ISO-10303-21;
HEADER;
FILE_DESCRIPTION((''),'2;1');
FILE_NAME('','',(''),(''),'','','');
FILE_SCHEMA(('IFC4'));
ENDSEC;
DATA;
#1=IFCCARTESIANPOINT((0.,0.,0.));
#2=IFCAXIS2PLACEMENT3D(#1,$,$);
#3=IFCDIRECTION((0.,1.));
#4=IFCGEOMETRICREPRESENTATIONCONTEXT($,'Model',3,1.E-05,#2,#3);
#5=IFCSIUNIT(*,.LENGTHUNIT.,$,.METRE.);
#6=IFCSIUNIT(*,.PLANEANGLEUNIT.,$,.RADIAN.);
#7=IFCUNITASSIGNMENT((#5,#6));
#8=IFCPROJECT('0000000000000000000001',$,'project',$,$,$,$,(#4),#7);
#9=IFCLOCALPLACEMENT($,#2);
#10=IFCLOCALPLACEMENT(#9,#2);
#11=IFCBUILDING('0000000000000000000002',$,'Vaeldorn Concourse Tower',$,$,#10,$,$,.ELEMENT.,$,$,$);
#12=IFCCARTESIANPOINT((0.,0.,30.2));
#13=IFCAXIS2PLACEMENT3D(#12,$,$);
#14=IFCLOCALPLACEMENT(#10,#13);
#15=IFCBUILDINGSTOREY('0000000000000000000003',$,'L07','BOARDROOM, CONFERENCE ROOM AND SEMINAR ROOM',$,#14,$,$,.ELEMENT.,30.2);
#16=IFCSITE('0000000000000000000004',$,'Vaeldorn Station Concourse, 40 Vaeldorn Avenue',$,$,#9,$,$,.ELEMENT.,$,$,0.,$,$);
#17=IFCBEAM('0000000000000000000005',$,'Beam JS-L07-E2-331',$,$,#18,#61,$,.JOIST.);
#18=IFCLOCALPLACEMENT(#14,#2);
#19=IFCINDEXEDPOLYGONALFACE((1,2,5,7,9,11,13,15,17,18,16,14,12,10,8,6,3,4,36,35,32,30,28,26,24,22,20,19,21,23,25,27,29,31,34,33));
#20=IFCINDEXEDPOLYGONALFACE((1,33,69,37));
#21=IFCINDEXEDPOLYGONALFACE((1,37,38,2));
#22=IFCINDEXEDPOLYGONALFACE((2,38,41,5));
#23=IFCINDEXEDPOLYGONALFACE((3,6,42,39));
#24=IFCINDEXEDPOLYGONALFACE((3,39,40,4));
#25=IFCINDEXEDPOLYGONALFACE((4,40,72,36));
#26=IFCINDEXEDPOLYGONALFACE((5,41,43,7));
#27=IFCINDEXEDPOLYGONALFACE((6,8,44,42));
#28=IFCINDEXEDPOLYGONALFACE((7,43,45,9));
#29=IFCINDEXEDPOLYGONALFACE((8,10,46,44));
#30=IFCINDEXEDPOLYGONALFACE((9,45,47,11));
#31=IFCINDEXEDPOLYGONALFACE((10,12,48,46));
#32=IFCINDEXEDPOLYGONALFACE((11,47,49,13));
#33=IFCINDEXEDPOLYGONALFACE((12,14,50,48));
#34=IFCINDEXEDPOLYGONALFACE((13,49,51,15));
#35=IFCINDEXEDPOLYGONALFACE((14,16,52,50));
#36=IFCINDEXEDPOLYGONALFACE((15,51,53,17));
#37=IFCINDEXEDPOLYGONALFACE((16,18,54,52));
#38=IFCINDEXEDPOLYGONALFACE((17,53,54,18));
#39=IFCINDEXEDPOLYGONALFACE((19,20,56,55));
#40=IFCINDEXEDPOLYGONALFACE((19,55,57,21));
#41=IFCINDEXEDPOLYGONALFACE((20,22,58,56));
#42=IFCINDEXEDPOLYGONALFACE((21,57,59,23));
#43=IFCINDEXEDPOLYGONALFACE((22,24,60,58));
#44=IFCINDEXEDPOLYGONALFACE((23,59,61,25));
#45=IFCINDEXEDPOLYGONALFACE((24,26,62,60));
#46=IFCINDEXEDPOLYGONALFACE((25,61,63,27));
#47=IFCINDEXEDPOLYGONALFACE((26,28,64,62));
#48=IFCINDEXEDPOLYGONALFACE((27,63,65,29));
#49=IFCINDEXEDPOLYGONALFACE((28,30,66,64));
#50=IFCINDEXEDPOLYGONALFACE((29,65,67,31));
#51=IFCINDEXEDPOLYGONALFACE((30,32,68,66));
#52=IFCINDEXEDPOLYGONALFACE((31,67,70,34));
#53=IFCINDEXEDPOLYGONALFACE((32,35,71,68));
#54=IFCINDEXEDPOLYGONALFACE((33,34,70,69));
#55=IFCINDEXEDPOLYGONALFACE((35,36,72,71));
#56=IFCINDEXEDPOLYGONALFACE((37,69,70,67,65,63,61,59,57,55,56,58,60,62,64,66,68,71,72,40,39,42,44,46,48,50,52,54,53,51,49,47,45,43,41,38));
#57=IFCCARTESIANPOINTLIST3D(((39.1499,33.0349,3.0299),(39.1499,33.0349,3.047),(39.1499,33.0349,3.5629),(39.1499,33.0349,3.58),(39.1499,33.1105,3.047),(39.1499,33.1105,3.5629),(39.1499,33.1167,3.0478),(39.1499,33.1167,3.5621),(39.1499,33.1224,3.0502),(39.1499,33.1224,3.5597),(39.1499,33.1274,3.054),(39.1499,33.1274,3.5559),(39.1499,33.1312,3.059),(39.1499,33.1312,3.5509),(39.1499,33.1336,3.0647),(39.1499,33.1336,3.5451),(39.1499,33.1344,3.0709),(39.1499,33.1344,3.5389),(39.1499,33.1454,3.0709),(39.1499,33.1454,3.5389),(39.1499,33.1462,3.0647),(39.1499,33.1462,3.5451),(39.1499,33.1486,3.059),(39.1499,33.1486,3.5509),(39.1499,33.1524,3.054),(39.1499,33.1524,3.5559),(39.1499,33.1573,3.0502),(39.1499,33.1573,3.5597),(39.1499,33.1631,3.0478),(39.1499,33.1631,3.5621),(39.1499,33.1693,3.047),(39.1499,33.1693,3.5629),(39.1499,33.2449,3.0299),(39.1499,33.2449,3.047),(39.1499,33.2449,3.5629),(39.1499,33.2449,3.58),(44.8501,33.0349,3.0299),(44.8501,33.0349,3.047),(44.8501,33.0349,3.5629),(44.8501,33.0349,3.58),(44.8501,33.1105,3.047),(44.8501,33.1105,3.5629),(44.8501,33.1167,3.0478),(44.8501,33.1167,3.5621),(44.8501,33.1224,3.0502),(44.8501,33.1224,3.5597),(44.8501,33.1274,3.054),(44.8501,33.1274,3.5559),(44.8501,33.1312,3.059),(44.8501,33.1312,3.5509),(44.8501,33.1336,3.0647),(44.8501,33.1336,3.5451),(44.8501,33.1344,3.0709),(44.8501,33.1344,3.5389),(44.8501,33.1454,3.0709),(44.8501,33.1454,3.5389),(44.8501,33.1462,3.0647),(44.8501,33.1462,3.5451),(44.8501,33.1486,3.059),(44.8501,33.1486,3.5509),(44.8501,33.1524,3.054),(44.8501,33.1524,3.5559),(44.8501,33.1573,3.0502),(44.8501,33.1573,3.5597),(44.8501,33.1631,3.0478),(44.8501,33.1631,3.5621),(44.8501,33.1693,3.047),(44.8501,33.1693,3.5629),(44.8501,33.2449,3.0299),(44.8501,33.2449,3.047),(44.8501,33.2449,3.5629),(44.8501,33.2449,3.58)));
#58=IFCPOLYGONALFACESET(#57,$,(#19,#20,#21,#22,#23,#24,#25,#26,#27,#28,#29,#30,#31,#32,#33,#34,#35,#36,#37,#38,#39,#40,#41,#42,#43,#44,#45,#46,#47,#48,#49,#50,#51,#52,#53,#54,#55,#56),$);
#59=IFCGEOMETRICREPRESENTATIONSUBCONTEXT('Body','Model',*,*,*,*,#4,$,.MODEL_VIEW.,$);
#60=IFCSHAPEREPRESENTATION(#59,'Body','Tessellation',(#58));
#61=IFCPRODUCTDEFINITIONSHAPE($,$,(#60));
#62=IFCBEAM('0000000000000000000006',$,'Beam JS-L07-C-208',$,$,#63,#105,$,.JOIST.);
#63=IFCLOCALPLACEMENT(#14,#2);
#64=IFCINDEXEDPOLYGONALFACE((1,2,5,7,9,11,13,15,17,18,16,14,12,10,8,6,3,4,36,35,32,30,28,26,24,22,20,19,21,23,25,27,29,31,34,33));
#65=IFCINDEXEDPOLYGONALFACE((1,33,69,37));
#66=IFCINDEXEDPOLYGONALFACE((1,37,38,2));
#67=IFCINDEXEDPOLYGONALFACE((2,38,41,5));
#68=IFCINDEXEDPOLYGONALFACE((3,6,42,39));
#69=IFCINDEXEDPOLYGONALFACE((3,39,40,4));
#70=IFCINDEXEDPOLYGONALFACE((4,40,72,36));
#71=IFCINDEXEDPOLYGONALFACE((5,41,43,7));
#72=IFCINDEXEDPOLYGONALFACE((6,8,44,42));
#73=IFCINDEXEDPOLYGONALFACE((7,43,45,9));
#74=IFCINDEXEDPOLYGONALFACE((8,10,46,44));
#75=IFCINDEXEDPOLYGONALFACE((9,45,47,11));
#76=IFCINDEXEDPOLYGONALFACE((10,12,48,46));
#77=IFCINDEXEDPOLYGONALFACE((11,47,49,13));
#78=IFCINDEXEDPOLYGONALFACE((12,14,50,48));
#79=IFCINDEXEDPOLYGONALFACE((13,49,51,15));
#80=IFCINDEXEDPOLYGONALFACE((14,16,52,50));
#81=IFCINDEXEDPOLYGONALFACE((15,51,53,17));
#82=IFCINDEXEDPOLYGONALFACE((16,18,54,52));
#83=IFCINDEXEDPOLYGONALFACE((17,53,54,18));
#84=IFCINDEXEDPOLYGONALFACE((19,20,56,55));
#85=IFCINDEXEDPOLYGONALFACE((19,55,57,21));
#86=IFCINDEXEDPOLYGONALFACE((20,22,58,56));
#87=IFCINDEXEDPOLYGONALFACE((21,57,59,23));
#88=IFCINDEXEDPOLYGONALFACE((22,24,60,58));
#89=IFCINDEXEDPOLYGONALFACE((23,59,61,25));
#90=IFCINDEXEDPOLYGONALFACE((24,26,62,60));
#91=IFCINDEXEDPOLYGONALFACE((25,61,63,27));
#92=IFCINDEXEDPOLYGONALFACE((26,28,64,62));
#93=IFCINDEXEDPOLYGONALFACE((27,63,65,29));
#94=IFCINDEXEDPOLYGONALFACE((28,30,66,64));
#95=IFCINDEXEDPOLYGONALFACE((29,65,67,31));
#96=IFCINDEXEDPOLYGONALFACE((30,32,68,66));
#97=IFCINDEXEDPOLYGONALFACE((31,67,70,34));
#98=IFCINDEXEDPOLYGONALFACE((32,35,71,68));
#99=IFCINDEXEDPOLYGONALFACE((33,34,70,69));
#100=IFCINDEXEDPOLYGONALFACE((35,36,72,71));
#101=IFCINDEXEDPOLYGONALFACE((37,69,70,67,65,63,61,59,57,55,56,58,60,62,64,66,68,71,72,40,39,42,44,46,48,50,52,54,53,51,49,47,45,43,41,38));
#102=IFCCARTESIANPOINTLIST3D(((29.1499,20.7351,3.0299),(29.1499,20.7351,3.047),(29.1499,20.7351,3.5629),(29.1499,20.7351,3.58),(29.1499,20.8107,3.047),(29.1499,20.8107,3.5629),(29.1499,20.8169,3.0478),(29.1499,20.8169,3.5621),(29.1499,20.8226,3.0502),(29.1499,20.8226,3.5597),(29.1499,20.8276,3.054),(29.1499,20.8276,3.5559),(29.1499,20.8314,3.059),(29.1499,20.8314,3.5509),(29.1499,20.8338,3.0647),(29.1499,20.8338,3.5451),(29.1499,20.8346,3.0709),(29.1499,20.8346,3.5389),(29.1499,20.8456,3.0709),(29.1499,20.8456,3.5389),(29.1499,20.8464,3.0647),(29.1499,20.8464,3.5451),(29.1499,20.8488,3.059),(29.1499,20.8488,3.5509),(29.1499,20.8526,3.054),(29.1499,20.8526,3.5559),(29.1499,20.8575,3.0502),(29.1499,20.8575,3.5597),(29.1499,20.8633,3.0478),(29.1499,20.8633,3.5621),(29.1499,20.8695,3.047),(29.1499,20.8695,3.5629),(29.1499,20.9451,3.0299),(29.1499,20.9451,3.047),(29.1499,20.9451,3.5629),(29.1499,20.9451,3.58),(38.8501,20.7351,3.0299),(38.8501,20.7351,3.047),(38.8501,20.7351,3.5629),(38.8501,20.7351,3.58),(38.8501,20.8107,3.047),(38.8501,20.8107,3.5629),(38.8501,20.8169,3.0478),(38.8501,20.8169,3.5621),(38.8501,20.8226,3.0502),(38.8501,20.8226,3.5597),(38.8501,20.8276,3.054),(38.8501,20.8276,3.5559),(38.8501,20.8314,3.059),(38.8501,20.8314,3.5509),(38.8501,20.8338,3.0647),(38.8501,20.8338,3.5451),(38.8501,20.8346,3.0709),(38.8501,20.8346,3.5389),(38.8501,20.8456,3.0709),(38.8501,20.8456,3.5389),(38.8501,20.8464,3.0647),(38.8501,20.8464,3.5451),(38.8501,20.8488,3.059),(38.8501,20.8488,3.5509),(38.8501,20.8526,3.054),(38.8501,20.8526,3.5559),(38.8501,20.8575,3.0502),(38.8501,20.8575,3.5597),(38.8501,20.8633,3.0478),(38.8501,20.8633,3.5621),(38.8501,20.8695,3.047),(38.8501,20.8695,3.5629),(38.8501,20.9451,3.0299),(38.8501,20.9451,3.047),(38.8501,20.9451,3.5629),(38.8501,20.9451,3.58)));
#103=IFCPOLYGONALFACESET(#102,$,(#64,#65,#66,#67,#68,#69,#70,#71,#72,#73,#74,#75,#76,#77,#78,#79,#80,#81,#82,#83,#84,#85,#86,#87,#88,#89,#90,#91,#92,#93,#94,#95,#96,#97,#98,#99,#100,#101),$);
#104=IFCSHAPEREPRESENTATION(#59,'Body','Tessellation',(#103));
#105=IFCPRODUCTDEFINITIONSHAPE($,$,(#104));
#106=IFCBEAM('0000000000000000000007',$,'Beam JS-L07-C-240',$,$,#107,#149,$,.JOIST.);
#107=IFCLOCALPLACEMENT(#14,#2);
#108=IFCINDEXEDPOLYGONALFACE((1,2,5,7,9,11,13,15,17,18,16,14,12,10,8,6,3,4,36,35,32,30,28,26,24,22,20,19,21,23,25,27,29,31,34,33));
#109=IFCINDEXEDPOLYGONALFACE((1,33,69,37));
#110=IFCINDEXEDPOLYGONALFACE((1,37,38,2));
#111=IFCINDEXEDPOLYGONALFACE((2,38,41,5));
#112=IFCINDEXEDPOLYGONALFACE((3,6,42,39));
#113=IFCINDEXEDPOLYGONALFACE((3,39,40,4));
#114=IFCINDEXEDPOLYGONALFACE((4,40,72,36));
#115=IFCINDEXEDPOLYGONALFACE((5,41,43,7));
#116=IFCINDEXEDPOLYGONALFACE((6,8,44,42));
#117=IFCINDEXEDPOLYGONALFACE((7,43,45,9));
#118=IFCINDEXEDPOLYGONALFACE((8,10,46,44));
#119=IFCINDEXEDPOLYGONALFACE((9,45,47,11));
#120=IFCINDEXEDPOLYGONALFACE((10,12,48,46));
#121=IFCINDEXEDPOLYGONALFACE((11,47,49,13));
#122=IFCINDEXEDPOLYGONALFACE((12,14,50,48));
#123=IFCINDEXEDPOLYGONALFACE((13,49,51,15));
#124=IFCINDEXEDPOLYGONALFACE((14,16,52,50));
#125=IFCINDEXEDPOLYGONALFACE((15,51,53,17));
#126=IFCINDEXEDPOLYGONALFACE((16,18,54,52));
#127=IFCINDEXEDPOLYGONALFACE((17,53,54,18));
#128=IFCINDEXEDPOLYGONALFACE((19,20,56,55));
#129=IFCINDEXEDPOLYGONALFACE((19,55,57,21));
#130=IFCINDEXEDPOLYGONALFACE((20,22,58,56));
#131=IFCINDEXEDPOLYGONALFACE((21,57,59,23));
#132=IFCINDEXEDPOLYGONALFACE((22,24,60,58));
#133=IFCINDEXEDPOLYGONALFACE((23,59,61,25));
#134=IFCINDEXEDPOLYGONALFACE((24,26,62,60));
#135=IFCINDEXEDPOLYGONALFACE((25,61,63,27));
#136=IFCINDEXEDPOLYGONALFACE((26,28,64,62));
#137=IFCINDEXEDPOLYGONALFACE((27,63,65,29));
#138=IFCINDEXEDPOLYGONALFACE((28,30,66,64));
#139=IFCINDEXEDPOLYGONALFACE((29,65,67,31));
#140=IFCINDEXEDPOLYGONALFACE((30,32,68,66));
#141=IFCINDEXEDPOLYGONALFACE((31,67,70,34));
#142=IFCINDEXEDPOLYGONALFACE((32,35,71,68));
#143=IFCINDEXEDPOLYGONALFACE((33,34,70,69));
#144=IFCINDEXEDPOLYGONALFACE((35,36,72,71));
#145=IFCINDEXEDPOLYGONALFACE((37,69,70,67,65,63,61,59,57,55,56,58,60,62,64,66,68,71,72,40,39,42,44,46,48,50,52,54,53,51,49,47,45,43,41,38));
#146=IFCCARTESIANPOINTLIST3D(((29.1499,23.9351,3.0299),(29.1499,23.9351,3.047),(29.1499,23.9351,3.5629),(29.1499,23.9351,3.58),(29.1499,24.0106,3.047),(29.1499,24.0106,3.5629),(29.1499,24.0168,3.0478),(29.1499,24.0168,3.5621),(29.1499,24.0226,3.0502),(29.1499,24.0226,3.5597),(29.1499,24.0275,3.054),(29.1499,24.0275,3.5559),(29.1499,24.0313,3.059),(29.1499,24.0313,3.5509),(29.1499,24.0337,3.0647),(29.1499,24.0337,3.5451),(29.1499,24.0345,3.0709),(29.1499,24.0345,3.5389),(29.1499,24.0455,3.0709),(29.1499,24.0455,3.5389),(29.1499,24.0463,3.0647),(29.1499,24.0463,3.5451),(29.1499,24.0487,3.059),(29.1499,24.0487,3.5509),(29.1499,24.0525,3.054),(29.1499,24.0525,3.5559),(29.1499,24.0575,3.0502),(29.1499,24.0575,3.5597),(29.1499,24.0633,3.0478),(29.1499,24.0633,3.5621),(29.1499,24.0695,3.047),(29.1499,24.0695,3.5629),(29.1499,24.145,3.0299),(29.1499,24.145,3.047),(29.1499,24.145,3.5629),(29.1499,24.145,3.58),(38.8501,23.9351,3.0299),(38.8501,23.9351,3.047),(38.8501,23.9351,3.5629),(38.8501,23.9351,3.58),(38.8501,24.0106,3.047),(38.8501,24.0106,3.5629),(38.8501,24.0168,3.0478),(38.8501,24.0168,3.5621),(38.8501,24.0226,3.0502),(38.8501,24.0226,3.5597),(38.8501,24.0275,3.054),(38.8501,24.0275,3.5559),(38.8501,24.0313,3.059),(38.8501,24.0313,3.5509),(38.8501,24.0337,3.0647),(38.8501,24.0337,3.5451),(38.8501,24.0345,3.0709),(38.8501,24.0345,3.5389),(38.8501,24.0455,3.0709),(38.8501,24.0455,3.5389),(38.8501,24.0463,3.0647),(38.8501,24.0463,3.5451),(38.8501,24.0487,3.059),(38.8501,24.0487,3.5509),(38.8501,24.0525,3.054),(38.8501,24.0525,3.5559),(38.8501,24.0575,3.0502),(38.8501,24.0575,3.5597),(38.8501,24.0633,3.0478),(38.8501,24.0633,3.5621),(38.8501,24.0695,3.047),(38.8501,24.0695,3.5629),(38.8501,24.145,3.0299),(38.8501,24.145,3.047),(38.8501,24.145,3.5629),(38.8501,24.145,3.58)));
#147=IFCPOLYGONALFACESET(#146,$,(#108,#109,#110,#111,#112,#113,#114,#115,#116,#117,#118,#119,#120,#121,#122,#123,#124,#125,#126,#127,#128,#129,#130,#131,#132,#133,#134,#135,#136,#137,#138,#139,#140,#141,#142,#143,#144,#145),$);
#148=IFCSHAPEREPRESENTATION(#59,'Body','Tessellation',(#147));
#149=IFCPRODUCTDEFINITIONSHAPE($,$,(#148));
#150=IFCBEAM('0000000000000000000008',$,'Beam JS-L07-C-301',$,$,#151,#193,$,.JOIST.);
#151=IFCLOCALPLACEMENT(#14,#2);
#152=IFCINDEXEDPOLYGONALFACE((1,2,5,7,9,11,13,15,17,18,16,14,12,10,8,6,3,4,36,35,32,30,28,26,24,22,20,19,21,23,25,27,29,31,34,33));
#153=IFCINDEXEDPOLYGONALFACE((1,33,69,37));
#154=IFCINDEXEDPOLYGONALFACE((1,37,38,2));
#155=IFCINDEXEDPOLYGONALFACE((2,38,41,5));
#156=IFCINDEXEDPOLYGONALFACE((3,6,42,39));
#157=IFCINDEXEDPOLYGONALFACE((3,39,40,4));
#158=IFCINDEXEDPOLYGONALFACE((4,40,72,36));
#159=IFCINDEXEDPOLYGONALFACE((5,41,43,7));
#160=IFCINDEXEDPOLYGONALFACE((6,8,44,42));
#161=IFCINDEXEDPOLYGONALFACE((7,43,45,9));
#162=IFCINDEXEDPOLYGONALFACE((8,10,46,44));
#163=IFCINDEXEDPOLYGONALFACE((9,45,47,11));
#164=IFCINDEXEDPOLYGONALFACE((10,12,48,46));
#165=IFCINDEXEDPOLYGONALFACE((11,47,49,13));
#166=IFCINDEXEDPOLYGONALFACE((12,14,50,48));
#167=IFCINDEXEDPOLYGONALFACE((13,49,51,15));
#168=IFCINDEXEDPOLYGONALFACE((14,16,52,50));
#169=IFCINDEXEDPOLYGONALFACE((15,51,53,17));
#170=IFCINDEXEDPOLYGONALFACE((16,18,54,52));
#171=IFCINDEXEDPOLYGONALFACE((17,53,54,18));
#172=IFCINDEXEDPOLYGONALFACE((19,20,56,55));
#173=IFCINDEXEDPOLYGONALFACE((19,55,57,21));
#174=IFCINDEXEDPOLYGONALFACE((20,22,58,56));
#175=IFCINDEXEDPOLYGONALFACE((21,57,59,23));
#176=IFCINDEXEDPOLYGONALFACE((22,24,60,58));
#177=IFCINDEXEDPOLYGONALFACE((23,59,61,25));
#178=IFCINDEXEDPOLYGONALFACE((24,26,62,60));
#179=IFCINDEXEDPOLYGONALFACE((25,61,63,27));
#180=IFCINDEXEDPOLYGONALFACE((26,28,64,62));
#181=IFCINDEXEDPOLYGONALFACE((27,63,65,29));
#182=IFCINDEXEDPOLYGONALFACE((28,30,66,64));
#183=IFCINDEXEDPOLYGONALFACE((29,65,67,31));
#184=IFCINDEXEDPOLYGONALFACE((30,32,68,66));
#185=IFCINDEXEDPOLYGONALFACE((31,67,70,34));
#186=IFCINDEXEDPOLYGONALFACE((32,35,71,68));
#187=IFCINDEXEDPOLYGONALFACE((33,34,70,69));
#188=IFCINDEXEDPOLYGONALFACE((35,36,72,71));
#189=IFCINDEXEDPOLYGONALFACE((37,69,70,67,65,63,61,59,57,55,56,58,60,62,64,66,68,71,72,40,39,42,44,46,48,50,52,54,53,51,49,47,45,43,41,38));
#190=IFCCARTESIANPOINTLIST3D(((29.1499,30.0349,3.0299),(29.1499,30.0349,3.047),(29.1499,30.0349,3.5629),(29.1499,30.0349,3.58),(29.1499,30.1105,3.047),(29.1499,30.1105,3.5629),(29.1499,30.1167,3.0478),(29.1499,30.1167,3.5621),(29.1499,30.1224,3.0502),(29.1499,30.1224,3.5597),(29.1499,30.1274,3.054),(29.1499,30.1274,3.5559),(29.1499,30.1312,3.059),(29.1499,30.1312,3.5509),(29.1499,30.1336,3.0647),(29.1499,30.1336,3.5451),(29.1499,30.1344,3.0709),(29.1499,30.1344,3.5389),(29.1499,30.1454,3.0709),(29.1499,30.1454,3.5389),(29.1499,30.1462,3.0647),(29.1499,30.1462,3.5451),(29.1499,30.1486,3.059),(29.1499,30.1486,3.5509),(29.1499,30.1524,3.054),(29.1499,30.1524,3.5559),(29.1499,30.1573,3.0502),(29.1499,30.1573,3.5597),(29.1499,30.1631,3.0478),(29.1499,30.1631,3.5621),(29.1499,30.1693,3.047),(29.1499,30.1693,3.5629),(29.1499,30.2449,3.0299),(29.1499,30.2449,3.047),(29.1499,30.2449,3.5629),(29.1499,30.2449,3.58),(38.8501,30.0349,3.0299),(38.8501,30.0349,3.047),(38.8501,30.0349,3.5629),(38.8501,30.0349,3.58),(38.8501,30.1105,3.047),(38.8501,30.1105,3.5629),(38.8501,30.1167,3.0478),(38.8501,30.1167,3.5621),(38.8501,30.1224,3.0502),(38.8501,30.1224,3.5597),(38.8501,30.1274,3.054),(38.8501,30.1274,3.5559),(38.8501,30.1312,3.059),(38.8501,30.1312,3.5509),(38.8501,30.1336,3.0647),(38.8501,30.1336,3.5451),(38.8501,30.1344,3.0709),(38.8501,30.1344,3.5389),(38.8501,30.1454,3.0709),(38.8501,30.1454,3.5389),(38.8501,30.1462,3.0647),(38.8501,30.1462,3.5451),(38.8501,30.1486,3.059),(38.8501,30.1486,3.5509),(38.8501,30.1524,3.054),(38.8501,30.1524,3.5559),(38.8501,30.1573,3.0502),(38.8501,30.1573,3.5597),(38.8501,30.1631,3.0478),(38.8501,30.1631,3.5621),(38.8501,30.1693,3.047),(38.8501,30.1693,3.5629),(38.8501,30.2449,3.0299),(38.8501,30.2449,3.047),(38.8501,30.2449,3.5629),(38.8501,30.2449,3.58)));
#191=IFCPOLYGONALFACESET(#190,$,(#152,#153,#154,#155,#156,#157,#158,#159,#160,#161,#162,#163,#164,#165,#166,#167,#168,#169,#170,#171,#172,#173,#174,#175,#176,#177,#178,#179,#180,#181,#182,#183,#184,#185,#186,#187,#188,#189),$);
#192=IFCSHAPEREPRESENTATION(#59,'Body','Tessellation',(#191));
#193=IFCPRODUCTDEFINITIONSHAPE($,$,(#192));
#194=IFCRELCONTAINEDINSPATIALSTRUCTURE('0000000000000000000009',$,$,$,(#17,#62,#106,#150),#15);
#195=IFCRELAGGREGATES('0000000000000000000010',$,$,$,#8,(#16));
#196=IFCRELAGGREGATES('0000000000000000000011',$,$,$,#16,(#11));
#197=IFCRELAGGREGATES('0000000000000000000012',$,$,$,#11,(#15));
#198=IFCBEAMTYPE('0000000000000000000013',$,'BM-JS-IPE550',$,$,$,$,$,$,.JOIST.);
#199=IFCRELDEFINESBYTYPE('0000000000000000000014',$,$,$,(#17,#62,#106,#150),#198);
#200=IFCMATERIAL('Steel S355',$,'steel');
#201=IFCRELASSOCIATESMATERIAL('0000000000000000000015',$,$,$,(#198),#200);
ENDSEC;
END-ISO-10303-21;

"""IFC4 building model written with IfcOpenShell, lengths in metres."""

from ifc_helpers import new_model, si_unit, direction, frame, origin, origin_2d, place, context, subcontext, project, spatial, i_section, extrude, source, transform, mapped, material, material_profile, profile_set, type_object, element, save


model = new_model("IFC4")

# Units and contexts
model_context = context("Model", 3, precision=1e-05, world=origin(), true_north=direction((0.0, 1.0)))
body_context = subcontext(model_context, "Body", "Model", "MODEL_VIEW")
ifc_project = project(units=[si_unit("LENGTHUNIT", "METRE"), si_unit("PLANEANGLEUNIT", "RADIAN")], contexts=[model_context])

# Site, building, storey
site_placement = place(None, origin())
site = spatial("IfcSite", under=ifc_project, at=site_placement, Name="Vaeldorn Station Concourse, 40 Vaeldorn Avenue", CompositionType="ELEMENT", RefElevation=0.0)
building_placement = place(site_placement, origin())
building = spatial("IfcBuilding", under=site, at=building_placement, Name="Vaeldorn Concourse Tower", CompositionType="ELEMENT")
storey_placement = place(building_placement, frame((0.0, 0.0, 30.2)))
storey = spatial("IfcBuildingStorey", under=building, at=storey_placement, Name="L07", Description="BOARDROOM, CONFERENCE ROOM AND SEMINAR ROOM", CompositionType="ELEMENT", Elevation=30.2)

# Beams
ifc_material_1 = material(Name="Steel S355", Category="steel")
ifc_material_profile_1 = material_profile(ifc_material_1, i_section(OverallWidth=0.21, OverallDepth=0.55, WebThickness=0.011, FlangeThickness=0.0171, FilletRadius=0.0239, at=origin_2d()), Name="IPE 550")
ifc_profile_set_1 = profile_set([ifc_material_profile_1], Name="Steel S355")
beam_type_1 = type_object("IfcBeamType", Name="BM-JS-IPE550", PredefinedType="JOIST", material=ifc_profile_set_1)
shared_shape_1 = source(origin(), body_context, "Body", "SweptSolid", [
    extrude(i_section(OverallWidth=0.21, OverallDepth=0.55, WebThickness=0.011, FlangeThickness=0.0171, FilletRadius=0.0239, at=origin_2d()), origin(), (0.0, 0.0, 1.0), 5.7002),
])
for number, where, z_axis, x_axis, name in (
    (1, (39.1499, 33.1399, 3.3049), (1.0, 0.0, 0.0), (0.0, 1.0, 0.0), "Beam JS-L07-E2-331"),
):
    element("IfcBeam", number, at=place(storey_placement, frame(where, z_axis=z_axis, x_axis=x_axis)), inside=storey, type_object=beam_type_1, Name=name, PredefinedType="JOIST", context=body_context, shape_type="MappedRepresentation", body=[
        mapped(shared_shape_1, transform((0.0, 0.0, 0.0), scale=1.0)),
    ])
shared_shape_2 = source(origin(), body_context, "Body", "SweptSolid", [
    extrude(i_section(OverallWidth=0.21, OverallDepth=0.55, WebThickness=0.011, FlangeThickness=0.0171, FilletRadius=0.0239, at=origin_2d()), origin(), (0.0, 0.0, 1.0), 9.7002),
])
for number, where, z_axis, x_axis, name in (
    (2, (29.1499, 20.8401, 3.3049), (1.0, 0.0, 0.0), (0.0, 1.0, 0.0), "Beam JS-L07-C-208"),
    (3, (29.1499, 24.04, 3.3049), (1.0, 0.0, 0.0), (0.0, 1.0, 0.0), "Beam JS-L07-C-240"),
    (4, (29.1499, 30.1399, 3.3049), (1.0, 0.0, 0.0), (0.0, 1.0, 0.0), "Beam JS-L07-C-301"),
):
    element("IfcBeam", number, at=place(storey_placement, frame(where, z_axis=z_axis, x_axis=x_axis)), inside=storey, type_object=beam_type_1, Name=name, PredefinedType="JOIST", context=body_context, shape_type="MappedRepresentation", body=[
        mapped(shared_shape_2, transform((0.0, 0.0, 0.0), scale=1.0)),
    ])

save(model, "model.ifc")
